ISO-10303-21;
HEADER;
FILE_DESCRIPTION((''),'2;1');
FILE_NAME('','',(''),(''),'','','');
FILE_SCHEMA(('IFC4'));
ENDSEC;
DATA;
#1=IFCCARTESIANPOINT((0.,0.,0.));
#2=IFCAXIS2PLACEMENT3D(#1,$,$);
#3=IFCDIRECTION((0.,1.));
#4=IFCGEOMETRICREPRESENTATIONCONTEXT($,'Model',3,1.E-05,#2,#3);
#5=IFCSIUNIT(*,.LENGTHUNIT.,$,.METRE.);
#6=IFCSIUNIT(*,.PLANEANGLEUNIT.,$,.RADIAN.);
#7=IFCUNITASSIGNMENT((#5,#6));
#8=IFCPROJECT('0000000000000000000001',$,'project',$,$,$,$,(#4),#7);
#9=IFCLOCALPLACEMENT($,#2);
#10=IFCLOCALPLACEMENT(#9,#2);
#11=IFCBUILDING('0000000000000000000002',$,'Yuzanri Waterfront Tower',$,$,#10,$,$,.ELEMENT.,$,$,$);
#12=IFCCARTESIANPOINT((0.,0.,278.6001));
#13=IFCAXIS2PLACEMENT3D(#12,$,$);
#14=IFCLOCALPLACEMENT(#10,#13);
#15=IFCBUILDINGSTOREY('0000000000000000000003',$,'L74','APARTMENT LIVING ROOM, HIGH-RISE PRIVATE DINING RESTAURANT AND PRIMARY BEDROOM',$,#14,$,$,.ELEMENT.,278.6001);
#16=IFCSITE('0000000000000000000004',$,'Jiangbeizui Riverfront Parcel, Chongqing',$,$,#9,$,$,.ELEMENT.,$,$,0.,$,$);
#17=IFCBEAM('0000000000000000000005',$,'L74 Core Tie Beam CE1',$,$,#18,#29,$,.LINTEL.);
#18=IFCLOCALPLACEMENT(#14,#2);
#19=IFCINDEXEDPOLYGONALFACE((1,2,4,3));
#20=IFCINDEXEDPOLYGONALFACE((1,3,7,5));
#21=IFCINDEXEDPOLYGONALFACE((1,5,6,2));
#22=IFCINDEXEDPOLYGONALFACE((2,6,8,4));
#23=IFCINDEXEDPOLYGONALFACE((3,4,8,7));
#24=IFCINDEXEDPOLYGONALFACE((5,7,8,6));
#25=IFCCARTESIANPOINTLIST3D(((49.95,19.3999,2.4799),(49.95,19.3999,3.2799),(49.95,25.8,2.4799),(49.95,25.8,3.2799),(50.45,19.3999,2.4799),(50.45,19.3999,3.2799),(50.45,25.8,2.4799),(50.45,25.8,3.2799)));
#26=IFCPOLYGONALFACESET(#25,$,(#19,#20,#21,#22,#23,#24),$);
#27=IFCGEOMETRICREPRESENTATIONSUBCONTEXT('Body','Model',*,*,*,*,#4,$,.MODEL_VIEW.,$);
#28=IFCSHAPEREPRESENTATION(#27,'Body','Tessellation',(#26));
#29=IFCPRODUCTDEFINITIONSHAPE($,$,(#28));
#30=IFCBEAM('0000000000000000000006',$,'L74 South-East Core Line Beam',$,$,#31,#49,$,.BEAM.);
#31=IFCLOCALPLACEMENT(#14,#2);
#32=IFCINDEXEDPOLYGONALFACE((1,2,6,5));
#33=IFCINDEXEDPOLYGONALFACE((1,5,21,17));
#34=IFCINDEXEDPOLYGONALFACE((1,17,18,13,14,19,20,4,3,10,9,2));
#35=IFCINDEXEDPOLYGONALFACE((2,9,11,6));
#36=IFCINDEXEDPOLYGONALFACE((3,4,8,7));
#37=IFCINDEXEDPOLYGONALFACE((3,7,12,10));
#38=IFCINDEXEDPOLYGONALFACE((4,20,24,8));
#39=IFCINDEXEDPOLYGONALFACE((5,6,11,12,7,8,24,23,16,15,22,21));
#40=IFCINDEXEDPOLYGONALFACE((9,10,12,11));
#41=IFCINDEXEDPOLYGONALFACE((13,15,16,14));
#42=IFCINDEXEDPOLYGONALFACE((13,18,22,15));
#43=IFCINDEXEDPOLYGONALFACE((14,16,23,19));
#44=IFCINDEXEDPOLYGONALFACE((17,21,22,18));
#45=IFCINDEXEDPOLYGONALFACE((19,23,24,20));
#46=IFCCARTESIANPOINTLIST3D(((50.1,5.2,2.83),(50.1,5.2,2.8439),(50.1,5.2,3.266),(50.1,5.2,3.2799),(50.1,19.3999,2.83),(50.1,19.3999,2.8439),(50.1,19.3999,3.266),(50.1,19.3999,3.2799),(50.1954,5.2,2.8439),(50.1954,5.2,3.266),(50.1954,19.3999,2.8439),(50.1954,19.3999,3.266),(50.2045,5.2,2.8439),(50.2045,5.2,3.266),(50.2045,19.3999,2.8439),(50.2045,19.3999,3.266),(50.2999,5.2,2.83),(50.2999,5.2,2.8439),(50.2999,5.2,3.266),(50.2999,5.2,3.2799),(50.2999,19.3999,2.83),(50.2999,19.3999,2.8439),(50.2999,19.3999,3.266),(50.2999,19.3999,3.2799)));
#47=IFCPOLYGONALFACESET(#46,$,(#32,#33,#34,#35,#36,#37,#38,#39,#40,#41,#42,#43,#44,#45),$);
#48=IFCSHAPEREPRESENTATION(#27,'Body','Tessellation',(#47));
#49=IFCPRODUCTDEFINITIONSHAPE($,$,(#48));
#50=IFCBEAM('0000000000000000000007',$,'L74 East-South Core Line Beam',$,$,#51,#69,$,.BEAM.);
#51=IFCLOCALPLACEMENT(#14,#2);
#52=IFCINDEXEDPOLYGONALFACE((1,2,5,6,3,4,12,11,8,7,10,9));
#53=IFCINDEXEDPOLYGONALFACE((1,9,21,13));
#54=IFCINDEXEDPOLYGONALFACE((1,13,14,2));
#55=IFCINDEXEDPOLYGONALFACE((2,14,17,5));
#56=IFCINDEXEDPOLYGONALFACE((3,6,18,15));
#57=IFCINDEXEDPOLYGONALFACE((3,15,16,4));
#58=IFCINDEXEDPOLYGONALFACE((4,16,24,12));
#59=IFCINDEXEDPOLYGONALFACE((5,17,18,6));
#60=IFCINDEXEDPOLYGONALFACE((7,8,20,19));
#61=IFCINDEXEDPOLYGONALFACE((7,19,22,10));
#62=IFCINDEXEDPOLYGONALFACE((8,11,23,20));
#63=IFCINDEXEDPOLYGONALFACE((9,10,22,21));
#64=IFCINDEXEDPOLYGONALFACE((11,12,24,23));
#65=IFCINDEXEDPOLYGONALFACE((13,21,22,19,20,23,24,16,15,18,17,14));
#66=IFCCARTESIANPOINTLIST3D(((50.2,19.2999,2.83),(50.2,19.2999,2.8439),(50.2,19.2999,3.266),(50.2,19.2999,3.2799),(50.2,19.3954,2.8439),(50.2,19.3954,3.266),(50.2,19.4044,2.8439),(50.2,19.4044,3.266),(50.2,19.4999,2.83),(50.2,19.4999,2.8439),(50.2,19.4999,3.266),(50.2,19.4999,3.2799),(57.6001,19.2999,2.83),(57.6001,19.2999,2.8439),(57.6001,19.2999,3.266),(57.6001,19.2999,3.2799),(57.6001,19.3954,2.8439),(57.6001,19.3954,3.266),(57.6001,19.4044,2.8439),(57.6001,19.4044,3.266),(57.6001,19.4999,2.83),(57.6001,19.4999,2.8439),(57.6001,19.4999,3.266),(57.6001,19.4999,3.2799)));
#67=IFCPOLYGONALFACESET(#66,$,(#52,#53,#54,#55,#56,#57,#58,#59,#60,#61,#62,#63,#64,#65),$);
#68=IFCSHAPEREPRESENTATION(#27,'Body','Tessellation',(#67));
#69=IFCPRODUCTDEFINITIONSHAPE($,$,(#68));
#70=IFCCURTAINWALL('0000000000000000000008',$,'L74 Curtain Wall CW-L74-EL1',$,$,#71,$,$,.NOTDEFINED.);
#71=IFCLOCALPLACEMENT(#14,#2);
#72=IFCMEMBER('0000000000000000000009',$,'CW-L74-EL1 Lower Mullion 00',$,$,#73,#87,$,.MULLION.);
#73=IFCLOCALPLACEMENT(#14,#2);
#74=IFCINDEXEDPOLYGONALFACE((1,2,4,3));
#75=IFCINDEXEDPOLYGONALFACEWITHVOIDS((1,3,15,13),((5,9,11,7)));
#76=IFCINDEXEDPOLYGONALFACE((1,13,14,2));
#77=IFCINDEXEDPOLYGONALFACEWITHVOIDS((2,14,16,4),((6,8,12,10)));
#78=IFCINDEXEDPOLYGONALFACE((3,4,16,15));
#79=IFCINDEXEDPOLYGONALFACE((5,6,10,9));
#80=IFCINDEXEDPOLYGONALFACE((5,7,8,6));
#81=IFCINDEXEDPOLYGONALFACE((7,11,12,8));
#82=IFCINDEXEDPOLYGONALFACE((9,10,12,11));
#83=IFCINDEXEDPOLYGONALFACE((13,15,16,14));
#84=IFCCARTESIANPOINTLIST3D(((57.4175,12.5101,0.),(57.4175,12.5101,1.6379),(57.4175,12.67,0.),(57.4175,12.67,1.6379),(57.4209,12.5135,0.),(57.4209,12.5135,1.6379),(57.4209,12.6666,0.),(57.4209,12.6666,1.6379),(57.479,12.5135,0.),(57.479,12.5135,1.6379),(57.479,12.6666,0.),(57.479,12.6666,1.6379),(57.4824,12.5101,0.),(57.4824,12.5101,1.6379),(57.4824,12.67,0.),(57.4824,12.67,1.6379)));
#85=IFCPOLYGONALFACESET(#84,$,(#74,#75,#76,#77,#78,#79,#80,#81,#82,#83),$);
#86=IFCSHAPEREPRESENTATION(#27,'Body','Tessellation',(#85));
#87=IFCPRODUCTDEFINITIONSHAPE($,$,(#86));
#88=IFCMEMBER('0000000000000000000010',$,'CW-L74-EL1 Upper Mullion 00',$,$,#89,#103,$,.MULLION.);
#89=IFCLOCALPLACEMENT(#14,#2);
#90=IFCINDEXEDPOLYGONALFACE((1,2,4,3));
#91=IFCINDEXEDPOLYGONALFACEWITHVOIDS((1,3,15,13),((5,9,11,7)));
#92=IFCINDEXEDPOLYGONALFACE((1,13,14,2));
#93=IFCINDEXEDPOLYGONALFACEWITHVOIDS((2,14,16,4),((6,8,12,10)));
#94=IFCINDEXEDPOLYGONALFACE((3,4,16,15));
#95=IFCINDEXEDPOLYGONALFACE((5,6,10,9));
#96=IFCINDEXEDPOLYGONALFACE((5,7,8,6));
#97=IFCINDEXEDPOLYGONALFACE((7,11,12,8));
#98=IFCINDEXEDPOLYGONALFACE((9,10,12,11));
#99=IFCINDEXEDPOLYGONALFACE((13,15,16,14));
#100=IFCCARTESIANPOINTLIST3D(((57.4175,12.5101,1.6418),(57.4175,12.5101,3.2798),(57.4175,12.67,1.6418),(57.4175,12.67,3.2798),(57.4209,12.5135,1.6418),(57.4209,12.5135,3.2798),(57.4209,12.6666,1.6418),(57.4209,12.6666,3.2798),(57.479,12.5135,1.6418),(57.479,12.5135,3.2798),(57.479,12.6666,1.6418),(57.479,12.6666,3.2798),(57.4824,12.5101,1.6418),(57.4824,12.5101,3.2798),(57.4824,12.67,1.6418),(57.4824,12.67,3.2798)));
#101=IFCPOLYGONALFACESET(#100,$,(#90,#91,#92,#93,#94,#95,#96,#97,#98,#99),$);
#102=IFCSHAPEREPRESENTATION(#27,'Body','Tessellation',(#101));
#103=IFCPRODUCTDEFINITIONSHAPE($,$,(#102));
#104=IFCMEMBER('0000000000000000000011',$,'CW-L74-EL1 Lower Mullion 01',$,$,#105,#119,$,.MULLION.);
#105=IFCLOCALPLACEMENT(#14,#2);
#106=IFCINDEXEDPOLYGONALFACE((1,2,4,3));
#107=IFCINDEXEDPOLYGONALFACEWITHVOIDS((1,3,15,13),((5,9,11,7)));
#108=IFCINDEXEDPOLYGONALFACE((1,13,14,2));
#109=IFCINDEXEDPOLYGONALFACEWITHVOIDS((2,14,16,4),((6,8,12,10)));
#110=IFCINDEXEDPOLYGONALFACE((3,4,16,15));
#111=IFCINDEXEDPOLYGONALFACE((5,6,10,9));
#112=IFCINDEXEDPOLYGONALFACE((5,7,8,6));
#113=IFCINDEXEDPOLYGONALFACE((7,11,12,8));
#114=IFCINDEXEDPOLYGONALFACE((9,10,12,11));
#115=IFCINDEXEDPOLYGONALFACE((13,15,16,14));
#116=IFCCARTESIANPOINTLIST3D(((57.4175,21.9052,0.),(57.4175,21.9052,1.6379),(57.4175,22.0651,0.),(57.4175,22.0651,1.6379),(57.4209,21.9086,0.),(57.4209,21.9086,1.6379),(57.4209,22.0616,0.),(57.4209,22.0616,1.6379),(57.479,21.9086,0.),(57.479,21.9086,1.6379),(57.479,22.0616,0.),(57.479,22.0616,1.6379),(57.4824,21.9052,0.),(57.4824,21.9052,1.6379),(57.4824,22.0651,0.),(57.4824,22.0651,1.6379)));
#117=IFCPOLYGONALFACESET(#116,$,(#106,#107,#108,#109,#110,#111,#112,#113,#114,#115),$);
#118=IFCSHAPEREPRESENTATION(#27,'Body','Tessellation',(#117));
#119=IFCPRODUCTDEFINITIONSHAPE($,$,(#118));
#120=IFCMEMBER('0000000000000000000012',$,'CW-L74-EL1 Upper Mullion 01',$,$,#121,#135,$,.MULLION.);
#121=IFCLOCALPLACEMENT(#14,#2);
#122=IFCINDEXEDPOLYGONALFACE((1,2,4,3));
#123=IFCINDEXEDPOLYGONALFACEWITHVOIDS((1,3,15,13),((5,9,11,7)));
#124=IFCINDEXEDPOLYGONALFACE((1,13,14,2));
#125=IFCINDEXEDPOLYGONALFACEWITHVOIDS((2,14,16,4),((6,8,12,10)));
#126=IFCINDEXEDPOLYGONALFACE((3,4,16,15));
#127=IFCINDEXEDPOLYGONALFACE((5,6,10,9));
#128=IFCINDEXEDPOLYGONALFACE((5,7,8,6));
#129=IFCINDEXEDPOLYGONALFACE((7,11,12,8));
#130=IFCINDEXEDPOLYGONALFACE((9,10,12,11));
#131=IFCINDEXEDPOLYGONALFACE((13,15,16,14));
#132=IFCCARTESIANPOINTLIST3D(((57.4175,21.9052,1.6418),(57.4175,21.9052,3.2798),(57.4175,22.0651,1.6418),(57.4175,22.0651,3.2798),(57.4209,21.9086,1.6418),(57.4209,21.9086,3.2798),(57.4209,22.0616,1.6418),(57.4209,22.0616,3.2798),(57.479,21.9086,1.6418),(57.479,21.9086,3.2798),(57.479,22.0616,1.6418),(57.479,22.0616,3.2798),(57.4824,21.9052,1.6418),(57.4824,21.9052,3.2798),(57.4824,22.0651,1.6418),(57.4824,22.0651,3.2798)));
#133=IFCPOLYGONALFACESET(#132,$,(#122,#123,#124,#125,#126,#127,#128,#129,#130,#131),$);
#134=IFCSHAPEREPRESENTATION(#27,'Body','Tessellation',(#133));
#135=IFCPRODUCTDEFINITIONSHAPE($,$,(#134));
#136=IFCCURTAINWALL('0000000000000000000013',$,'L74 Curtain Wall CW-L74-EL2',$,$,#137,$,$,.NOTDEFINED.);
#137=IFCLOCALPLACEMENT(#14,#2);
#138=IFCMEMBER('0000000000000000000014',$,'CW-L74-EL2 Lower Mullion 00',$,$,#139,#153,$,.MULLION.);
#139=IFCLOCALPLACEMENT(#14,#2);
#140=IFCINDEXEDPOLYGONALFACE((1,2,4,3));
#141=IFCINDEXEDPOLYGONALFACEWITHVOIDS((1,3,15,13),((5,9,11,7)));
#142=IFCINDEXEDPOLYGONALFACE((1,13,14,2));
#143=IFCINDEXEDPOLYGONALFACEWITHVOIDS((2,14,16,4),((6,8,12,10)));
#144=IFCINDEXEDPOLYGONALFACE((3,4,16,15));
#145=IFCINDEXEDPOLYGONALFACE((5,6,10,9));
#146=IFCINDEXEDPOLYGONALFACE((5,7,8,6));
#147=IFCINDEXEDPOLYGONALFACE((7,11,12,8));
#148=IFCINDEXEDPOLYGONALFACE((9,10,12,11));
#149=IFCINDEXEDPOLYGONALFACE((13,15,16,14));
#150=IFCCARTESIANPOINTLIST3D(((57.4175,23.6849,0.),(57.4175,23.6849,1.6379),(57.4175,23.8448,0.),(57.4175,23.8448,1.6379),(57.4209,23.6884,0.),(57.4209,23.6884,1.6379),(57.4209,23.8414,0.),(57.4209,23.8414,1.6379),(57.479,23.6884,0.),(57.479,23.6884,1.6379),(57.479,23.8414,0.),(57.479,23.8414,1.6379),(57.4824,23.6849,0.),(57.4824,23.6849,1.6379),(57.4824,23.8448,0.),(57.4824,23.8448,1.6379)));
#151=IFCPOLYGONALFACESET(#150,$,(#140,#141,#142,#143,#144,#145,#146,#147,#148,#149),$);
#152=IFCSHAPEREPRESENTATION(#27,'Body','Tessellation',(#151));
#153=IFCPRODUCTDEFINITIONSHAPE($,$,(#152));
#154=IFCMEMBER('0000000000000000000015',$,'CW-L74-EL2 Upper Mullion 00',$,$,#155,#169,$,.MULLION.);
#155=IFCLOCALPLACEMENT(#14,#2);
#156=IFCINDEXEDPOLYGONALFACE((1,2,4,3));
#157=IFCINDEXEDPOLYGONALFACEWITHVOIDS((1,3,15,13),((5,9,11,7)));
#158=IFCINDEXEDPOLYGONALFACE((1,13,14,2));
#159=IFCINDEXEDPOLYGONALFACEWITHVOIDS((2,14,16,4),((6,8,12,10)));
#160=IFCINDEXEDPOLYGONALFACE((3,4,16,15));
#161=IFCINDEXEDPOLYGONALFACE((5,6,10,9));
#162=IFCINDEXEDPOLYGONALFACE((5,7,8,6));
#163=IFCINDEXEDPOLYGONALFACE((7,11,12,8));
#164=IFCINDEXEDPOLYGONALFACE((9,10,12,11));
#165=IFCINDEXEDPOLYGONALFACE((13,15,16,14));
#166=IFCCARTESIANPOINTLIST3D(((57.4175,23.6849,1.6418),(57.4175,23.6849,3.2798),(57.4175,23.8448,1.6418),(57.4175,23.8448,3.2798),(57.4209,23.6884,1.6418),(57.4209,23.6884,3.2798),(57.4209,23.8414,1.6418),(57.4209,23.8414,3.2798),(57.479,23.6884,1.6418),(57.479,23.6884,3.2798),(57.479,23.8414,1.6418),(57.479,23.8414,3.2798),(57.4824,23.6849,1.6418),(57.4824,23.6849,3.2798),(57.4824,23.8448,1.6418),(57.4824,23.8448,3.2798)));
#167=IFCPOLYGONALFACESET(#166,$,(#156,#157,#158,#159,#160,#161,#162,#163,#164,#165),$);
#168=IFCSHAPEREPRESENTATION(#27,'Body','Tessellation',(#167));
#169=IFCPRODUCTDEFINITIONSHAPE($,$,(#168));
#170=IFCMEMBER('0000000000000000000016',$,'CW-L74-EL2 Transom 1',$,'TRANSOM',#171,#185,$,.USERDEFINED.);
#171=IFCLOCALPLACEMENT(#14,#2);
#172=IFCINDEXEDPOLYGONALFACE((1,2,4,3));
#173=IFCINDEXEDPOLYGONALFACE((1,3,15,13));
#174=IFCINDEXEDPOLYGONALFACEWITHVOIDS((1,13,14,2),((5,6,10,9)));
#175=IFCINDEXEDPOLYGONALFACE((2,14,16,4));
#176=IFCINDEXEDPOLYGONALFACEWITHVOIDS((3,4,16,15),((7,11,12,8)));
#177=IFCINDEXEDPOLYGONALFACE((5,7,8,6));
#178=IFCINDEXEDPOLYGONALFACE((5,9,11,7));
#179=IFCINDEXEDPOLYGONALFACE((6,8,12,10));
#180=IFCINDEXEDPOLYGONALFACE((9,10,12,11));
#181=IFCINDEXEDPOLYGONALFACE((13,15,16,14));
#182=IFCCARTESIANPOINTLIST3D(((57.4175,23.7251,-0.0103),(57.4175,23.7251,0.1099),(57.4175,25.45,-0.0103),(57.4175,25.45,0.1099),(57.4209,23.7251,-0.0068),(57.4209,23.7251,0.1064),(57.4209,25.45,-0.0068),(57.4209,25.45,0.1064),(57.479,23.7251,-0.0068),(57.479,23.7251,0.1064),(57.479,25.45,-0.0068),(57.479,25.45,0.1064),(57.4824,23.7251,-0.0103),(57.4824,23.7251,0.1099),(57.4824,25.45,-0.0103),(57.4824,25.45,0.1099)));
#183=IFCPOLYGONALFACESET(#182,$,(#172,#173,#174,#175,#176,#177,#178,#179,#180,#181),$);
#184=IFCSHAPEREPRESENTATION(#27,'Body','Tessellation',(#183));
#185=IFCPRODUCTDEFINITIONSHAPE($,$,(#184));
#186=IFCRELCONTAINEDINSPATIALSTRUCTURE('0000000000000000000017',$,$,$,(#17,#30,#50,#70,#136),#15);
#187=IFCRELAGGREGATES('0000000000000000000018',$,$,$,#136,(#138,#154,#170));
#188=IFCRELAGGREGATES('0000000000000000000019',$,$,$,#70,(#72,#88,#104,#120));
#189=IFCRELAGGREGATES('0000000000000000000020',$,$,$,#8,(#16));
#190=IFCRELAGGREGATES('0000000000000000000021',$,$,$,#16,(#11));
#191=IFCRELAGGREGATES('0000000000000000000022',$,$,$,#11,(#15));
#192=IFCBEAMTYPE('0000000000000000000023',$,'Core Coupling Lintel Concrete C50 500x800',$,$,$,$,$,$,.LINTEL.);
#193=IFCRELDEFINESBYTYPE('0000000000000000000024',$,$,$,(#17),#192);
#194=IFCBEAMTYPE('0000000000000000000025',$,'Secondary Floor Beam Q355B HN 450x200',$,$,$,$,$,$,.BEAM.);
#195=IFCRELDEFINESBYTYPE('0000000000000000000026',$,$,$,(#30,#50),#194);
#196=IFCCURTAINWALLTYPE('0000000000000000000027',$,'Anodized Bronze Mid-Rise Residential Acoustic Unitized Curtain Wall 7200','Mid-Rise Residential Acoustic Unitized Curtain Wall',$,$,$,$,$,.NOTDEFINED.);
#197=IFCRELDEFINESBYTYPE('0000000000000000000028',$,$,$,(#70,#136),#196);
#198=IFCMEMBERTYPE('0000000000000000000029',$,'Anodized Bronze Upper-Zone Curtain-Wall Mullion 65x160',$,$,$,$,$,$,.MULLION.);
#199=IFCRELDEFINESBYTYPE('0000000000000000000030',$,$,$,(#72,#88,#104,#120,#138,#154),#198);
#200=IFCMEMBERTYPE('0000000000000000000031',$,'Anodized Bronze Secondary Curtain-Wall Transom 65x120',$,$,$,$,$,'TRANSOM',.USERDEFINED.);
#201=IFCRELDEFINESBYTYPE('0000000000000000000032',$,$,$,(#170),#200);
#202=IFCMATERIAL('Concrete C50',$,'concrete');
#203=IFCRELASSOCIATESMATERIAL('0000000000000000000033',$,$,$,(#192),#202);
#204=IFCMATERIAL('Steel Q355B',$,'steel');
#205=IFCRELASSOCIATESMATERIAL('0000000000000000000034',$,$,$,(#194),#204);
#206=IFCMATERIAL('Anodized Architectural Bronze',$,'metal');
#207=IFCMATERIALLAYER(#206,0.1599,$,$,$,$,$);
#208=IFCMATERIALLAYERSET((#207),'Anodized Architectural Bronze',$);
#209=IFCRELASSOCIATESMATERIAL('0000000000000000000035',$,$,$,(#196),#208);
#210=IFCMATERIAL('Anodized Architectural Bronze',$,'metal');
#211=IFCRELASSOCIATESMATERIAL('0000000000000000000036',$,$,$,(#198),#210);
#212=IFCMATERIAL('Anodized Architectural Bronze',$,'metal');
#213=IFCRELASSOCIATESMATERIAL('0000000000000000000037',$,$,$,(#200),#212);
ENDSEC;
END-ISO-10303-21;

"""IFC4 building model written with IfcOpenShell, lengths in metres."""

from ifc_helpers import new_model, si_unit, direction, frame, origin, origin_2d, place, context, subcontext, project, spatial, rectangle, hollow_rectangle, i_section, extrude, source, transform, mapped, material, layer, layer_set, material_profile, profile_set, type_object, element, aggregate, save


model = new_model("IFC4")

# Units and contexts
model_context = context("Model", 3, precision=1e-05, world=origin(), true_north=direction((0.0, 1.0)))
body_context = subcontext(model_context, "Body", "Model", "MODEL_VIEW")
ifc_project = project(units=[si_unit("LENGTHUNIT", "METRE"), si_unit("PLANEANGLEUNIT", "RADIAN")], contexts=[model_context])

# Site, building, storey
site_placement = place(None, origin())
site = spatial("IfcSite", under=ifc_project, at=site_placement, Name="Jiangbeizui Riverfront Parcel, Chongqing", CompositionType="ELEMENT", RefElevation=0.0)
building_placement = place(site_placement, origin())
building = spatial("IfcBuilding", under=site, at=building_placement, Name="Yuzanri Waterfront Tower", CompositionType="ELEMENT")
storey_placement = place(building_placement, frame((0.0, 0.0, 278.6001)))
storey = spatial("IfcBuildingStorey", under=building, at=storey_placement, Name="L74", Description="APARTMENT LIVING ROOM, HIGH-RISE PRIVATE DINING RESTAURANT AND PRIMARY BEDROOM", CompositionType="ELEMENT", Elevation=278.6001)

# Beams
ifc_material_1 = material(Name="Concrete C50", Category="concrete")
ifc_material_profile_1 = material_profile(ifc_material_1, rectangle(XDim=0.5, YDim=0.8, at=origin_2d()), Name="RC 500x800")
ifc_profile_set_1 = profile_set([ifc_material_profile_1], Name="Concrete C50")
beam_type_1 = type_object("IfcBeamType", Name="Core Coupling Lintel Concrete C50 500x800", PredefinedType="LINTEL", material=ifc_profile_set_1)
shared_shape_1 = source(origin(), body_context, "Body", "SweptSolid", [
    extrude(rectangle(XDim=0.5, YDim=0.8, at=origin_2d()), origin(), (0.0, 0.0, 1.0), 6.4001),
])
beam_1_placement = place(storey_placement, frame((50.2, 19.3999, 2.8799), z_axis=(0.0, 1.0, 0.0), x_axis=(-1.0, 0.0, 0.0)))
element("IfcBeam", 1, at=beam_1_placement, inside=storey, type_object=beam_type_1, Name="L74 Core Tie Beam CE1", PredefinedType="LINTEL", context=body_context, shape_type="MappedRepresentation", body=[
    mapped(shared_shape_1, transform((0.0, 0.0, 0.0), scale=1.0)),
])
ifc_material_2 = material(Name="Steel Q355B", Category="steel")
ifc_material_profile_2 = material_profile(ifc_material_2, i_section(OverallWidth=0.2, OverallDepth=0.45, WebThickness=0.009, FlangeThickness=0.0139, at=origin_2d()), Name="HN 450x200x9x14")
ifc_profile_set_2 = profile_set([ifc_material_profile_2], Name="Steel Q355B")
beam_type_2 = type_object("IfcBeamType", Name="Secondary Floor Beam Q355B HN 450x200", PredefinedType="BEAM", material=ifc_profile_set_2)
shared_shape_2 = source(origin(), body_context, "Body", "SweptSolid", [
    extrude(i_section(OverallWidth=0.2, OverallDepth=0.45, WebThickness=0.009, FlangeThickness=0.0139, at=origin_2d()), origin(), (0.0, 0.0, 1.0), 14.2),
])
beam_2_placement = place(storey_placement, frame((50.2, 19.3999, 3.0549), z_axis=(0.0, -1.0, 0.0), x_axis=(1.0, 0.0, 0.0)))
element("IfcBeam", 2, at=beam_2_placement, inside=storey, type_object=beam_type_2, Name="L74 South-East Core Line Beam", PredefinedType="BEAM", context=body_context, shape_type="MappedRepresentation", body=[
    mapped(shared_shape_2, transform((0.0, 0.0, 0.0), scale=1.0)),
])
shared_shape_3 = source(origin(), body_context, "Body", "SweptSolid", [
    extrude(i_section(OverallWidth=0.2, OverallDepth=0.45, WebThickness=0.009, FlangeThickness=0.0139, at=origin_2d()), origin(), (0.0, 0.0, 1.0), 7.4001),
])
beam_3_placement = place(storey_placement, frame((50.2, 19.3999, 3.0549), z_axis=(1.0, 0.0, 0.0), x_axis=(0.0, 1.0, 0.0)))
element("IfcBeam", 3, at=beam_3_placement, inside=storey, type_object=beam_type_2, Name="L74 East-South Core Line Beam", PredefinedType="BEAM", context=body_context, shape_type="MappedRepresentation", body=[
    mapped(shared_shape_3, transform((0.0, 0.0, 0.0), scale=1.0)),
])

# Curtain walls, members
ifc_material_3 = material(Name="Anodized Architectural Bronze", Category="metal")
ifc_layer_1 = layer(ifc_material_3, 0.1599)
ifc_layer_set_1 = layer_set([ifc_layer_1], Name="Anodized Architectural Bronze")
curtain_wall_type = type_object("IfcCurtainWallType", Name="Anodized Bronze Mid-Rise Residential Acoustic Unitized Curtain Wall 7200", Description="Mid-Rise Residential Acoustic Unitized Curtain Wall", PredefinedType="NOTDEFINED", material=ifc_layer_set_1)
curtain_wall_1_placement = place(storey_placement, origin())
curtain_wall_1 = element("IfcCurtainWall", 4, at=curtain_wall_1_placement, inside=storey, type_object=curtain_wall_type, Name="L74 Curtain Wall CW-L74-EL1", PredefinedType="NOTDEFINED")
ifc_material_4 = material(Name="Anodized Architectural Bronze", Category="metal")
ifc_material_profile_3 = material_profile(ifc_material_4, hollow_rectangle(XDim=0.0649, YDim=0.1599, WallThickness=0.0034, at=origin_2d()), Name="CWM 65x160")
ifc_profile_set_3 = profile_set([ifc_material_profile_3], Name="Anodized Architectural Bronze")
member_type_1 = type_object("IfcMemberType", Name="Anodized Bronze Upper-Zone Curtain-Wall Mullion 65x160", PredefinedType="MULLION", material=ifc_profile_set_3)
shared_shape_4 = source(origin(), body_context, "Body", "SweptSolid", [
    extrude(hollow_rectangle(XDim=0.0649, YDim=0.1599, WallThickness=0.0034, at=origin_2d()), origin(), (0.0, 0.0, 1.0), 1.6379),
])
member_1_placement = place(storey_placement, frame((57.45, 12.5901, 0.0), z_axis=(0.0, 0.0, 1.0), x_axis=(1.0, 0.0, 0.0)))
member_1 = element("IfcMember", 5, at=member_1_placement, type_object=member_type_1, Name="CW-L74-EL1 Lower Mullion 00", PredefinedType="MULLION", context=body_context, shape_type="MappedRepresentation", body=[
    mapped(shared_shape_4, transform((0.0, 0.0, 0.0), scale=1.0)),
])
member_2_placement = place(storey_placement, frame((57.45, 12.5901, 1.6418), z_axis=(0.0, 0.0, 1.0), x_axis=(1.0, 0.0, 0.0)))
member_2 = element("IfcMember", 6, at=member_2_placement, type_object=member_type_1, Name="CW-L74-EL1 Upper Mullion 00", PredefinedType="MULLION", context=body_context, shape_type="MappedRepresentation", body=[
    mapped(shared_shape_4, transform((0.0, 0.0, 0.0), scale=1.0)),
])
member_3_placement = place(storey_placement, frame((57.45, 21.9851, 0.0), z_axis=(0.0, 0.0, 1.0), x_axis=(1.0, 0.0, 0.0)))
member_3 = element("IfcMember", 7, at=member_3_placement, type_object=member_type_1, Name="CW-L74-EL1 Lower Mullion 01", PredefinedType="MULLION", context=body_context, shape_type="MappedRepresentation", body=[
    mapped(shared_shape_4, transform((0.0, 0.0, 0.0), scale=1.0)),
])
member_4_placement = place(storey_placement, frame((57.45, 21.9851, 1.6418), z_axis=(0.0, 0.0, 1.0), x_axis=(1.0, 0.0, 0.0)))
member_4 = element("IfcMember", 8, at=member_4_placement, type_object=member_type_1, Name="CW-L74-EL1 Upper Mullion 01", PredefinedType="MULLION", context=body_context, shape_type="MappedRepresentation", body=[
    mapped(shared_shape_4, transform((0.0, 0.0, 0.0), scale=1.0)),
])
curtain_wall_2_placement = place(storey_placement, origin())
curtain_wall_2 = element("IfcCurtainWall", 9, at=curtain_wall_2_placement, inside=storey, type_object=curtain_wall_type, Name="L74 Curtain Wall CW-L74-EL2", PredefinedType="NOTDEFINED")
member_5_placement = place(storey_placement, frame((57.45, 23.7649, 0.0), z_axis=(0.0, 0.0, 1.0), x_axis=(1.0, 0.0, 0.0)))
member_5 = element("IfcMember", 10, at=member_5_placement, type_object=member_type_1, Name="CW-L74-EL2 Lower Mullion 00", PredefinedType="MULLION", context=body_context, shape_type="MappedRepresentation", body=[
    mapped(shared_shape_4, transform((0.0, 0.0, 0.0), scale=1.0)),
])
member_6_placement = place(storey_placement, frame((57.45, 23.7649, 1.6418), z_axis=(0.0, 0.0, 1.0), x_axis=(1.0, 0.0, 0.0)))
member_6 = element("IfcMember", 11, at=member_6_placement, type_object=member_type_1, Name="CW-L74-EL2 Upper Mullion 00", PredefinedType="MULLION", context=body_context, shape_type="MappedRepresentation", body=[
    mapped(shared_shape_4, transform((0.0, 0.0, 0.0), scale=1.0)),
])
ifc_material_5 = material(Name="Anodized Architectural Bronze", Category="metal")
ifc_material_profile_4 = material_profile(ifc_material_5, hollow_rectangle(XDim=0.0649, YDim=0.1201, WallThickness=0.0034, at=origin_2d()), Name="CWT 65x120")
ifc_profile_set_4 = profile_set([ifc_material_profile_4], Name="Anodized Architectural Bronze")
member_type_2 = type_object("IfcMemberType", Name="Anodized Bronze Secondary Curtain-Wall Transom 65x120", ElementType="TRANSOM", PredefinedType="USERDEFINED", material=ifc_profile_set_4)
shared_shape_5 = source(origin(), body_context, "Body", "SweptSolid", [
    extrude(hollow_rectangle(XDim=0.0649, YDim=0.1201, WallThickness=0.0034, at=origin_2d()), origin(), (0.0, 0.0, 1.0), 1.7249),
])
member_7_placement = place(storey_placement, frame((57.45, 23.7251, 0.0498), z_axis=(0.0, 1.0, 0.0), x_axis=(-1.0, 0.0, 0.0)))
member_7 = element("IfcMember", 12, at=member_7_placement, type_object=member_type_2, Name="CW-L74-EL2 Transom 1", ObjectType="TRANSOM", PredefinedType="USERDEFINED", context=body_context, shape_type="MappedRepresentation", body=[
    mapped(shared_shape_5, transform((0.0, 0.0, 0.0), scale=1.0)),
])
aggregate(curtain_wall_2, [member_5, member_6, member_7])

aggregate(curtain_wall_1, [member_1, member_2, member_3, member_4])

save(model, "model.ifc")
